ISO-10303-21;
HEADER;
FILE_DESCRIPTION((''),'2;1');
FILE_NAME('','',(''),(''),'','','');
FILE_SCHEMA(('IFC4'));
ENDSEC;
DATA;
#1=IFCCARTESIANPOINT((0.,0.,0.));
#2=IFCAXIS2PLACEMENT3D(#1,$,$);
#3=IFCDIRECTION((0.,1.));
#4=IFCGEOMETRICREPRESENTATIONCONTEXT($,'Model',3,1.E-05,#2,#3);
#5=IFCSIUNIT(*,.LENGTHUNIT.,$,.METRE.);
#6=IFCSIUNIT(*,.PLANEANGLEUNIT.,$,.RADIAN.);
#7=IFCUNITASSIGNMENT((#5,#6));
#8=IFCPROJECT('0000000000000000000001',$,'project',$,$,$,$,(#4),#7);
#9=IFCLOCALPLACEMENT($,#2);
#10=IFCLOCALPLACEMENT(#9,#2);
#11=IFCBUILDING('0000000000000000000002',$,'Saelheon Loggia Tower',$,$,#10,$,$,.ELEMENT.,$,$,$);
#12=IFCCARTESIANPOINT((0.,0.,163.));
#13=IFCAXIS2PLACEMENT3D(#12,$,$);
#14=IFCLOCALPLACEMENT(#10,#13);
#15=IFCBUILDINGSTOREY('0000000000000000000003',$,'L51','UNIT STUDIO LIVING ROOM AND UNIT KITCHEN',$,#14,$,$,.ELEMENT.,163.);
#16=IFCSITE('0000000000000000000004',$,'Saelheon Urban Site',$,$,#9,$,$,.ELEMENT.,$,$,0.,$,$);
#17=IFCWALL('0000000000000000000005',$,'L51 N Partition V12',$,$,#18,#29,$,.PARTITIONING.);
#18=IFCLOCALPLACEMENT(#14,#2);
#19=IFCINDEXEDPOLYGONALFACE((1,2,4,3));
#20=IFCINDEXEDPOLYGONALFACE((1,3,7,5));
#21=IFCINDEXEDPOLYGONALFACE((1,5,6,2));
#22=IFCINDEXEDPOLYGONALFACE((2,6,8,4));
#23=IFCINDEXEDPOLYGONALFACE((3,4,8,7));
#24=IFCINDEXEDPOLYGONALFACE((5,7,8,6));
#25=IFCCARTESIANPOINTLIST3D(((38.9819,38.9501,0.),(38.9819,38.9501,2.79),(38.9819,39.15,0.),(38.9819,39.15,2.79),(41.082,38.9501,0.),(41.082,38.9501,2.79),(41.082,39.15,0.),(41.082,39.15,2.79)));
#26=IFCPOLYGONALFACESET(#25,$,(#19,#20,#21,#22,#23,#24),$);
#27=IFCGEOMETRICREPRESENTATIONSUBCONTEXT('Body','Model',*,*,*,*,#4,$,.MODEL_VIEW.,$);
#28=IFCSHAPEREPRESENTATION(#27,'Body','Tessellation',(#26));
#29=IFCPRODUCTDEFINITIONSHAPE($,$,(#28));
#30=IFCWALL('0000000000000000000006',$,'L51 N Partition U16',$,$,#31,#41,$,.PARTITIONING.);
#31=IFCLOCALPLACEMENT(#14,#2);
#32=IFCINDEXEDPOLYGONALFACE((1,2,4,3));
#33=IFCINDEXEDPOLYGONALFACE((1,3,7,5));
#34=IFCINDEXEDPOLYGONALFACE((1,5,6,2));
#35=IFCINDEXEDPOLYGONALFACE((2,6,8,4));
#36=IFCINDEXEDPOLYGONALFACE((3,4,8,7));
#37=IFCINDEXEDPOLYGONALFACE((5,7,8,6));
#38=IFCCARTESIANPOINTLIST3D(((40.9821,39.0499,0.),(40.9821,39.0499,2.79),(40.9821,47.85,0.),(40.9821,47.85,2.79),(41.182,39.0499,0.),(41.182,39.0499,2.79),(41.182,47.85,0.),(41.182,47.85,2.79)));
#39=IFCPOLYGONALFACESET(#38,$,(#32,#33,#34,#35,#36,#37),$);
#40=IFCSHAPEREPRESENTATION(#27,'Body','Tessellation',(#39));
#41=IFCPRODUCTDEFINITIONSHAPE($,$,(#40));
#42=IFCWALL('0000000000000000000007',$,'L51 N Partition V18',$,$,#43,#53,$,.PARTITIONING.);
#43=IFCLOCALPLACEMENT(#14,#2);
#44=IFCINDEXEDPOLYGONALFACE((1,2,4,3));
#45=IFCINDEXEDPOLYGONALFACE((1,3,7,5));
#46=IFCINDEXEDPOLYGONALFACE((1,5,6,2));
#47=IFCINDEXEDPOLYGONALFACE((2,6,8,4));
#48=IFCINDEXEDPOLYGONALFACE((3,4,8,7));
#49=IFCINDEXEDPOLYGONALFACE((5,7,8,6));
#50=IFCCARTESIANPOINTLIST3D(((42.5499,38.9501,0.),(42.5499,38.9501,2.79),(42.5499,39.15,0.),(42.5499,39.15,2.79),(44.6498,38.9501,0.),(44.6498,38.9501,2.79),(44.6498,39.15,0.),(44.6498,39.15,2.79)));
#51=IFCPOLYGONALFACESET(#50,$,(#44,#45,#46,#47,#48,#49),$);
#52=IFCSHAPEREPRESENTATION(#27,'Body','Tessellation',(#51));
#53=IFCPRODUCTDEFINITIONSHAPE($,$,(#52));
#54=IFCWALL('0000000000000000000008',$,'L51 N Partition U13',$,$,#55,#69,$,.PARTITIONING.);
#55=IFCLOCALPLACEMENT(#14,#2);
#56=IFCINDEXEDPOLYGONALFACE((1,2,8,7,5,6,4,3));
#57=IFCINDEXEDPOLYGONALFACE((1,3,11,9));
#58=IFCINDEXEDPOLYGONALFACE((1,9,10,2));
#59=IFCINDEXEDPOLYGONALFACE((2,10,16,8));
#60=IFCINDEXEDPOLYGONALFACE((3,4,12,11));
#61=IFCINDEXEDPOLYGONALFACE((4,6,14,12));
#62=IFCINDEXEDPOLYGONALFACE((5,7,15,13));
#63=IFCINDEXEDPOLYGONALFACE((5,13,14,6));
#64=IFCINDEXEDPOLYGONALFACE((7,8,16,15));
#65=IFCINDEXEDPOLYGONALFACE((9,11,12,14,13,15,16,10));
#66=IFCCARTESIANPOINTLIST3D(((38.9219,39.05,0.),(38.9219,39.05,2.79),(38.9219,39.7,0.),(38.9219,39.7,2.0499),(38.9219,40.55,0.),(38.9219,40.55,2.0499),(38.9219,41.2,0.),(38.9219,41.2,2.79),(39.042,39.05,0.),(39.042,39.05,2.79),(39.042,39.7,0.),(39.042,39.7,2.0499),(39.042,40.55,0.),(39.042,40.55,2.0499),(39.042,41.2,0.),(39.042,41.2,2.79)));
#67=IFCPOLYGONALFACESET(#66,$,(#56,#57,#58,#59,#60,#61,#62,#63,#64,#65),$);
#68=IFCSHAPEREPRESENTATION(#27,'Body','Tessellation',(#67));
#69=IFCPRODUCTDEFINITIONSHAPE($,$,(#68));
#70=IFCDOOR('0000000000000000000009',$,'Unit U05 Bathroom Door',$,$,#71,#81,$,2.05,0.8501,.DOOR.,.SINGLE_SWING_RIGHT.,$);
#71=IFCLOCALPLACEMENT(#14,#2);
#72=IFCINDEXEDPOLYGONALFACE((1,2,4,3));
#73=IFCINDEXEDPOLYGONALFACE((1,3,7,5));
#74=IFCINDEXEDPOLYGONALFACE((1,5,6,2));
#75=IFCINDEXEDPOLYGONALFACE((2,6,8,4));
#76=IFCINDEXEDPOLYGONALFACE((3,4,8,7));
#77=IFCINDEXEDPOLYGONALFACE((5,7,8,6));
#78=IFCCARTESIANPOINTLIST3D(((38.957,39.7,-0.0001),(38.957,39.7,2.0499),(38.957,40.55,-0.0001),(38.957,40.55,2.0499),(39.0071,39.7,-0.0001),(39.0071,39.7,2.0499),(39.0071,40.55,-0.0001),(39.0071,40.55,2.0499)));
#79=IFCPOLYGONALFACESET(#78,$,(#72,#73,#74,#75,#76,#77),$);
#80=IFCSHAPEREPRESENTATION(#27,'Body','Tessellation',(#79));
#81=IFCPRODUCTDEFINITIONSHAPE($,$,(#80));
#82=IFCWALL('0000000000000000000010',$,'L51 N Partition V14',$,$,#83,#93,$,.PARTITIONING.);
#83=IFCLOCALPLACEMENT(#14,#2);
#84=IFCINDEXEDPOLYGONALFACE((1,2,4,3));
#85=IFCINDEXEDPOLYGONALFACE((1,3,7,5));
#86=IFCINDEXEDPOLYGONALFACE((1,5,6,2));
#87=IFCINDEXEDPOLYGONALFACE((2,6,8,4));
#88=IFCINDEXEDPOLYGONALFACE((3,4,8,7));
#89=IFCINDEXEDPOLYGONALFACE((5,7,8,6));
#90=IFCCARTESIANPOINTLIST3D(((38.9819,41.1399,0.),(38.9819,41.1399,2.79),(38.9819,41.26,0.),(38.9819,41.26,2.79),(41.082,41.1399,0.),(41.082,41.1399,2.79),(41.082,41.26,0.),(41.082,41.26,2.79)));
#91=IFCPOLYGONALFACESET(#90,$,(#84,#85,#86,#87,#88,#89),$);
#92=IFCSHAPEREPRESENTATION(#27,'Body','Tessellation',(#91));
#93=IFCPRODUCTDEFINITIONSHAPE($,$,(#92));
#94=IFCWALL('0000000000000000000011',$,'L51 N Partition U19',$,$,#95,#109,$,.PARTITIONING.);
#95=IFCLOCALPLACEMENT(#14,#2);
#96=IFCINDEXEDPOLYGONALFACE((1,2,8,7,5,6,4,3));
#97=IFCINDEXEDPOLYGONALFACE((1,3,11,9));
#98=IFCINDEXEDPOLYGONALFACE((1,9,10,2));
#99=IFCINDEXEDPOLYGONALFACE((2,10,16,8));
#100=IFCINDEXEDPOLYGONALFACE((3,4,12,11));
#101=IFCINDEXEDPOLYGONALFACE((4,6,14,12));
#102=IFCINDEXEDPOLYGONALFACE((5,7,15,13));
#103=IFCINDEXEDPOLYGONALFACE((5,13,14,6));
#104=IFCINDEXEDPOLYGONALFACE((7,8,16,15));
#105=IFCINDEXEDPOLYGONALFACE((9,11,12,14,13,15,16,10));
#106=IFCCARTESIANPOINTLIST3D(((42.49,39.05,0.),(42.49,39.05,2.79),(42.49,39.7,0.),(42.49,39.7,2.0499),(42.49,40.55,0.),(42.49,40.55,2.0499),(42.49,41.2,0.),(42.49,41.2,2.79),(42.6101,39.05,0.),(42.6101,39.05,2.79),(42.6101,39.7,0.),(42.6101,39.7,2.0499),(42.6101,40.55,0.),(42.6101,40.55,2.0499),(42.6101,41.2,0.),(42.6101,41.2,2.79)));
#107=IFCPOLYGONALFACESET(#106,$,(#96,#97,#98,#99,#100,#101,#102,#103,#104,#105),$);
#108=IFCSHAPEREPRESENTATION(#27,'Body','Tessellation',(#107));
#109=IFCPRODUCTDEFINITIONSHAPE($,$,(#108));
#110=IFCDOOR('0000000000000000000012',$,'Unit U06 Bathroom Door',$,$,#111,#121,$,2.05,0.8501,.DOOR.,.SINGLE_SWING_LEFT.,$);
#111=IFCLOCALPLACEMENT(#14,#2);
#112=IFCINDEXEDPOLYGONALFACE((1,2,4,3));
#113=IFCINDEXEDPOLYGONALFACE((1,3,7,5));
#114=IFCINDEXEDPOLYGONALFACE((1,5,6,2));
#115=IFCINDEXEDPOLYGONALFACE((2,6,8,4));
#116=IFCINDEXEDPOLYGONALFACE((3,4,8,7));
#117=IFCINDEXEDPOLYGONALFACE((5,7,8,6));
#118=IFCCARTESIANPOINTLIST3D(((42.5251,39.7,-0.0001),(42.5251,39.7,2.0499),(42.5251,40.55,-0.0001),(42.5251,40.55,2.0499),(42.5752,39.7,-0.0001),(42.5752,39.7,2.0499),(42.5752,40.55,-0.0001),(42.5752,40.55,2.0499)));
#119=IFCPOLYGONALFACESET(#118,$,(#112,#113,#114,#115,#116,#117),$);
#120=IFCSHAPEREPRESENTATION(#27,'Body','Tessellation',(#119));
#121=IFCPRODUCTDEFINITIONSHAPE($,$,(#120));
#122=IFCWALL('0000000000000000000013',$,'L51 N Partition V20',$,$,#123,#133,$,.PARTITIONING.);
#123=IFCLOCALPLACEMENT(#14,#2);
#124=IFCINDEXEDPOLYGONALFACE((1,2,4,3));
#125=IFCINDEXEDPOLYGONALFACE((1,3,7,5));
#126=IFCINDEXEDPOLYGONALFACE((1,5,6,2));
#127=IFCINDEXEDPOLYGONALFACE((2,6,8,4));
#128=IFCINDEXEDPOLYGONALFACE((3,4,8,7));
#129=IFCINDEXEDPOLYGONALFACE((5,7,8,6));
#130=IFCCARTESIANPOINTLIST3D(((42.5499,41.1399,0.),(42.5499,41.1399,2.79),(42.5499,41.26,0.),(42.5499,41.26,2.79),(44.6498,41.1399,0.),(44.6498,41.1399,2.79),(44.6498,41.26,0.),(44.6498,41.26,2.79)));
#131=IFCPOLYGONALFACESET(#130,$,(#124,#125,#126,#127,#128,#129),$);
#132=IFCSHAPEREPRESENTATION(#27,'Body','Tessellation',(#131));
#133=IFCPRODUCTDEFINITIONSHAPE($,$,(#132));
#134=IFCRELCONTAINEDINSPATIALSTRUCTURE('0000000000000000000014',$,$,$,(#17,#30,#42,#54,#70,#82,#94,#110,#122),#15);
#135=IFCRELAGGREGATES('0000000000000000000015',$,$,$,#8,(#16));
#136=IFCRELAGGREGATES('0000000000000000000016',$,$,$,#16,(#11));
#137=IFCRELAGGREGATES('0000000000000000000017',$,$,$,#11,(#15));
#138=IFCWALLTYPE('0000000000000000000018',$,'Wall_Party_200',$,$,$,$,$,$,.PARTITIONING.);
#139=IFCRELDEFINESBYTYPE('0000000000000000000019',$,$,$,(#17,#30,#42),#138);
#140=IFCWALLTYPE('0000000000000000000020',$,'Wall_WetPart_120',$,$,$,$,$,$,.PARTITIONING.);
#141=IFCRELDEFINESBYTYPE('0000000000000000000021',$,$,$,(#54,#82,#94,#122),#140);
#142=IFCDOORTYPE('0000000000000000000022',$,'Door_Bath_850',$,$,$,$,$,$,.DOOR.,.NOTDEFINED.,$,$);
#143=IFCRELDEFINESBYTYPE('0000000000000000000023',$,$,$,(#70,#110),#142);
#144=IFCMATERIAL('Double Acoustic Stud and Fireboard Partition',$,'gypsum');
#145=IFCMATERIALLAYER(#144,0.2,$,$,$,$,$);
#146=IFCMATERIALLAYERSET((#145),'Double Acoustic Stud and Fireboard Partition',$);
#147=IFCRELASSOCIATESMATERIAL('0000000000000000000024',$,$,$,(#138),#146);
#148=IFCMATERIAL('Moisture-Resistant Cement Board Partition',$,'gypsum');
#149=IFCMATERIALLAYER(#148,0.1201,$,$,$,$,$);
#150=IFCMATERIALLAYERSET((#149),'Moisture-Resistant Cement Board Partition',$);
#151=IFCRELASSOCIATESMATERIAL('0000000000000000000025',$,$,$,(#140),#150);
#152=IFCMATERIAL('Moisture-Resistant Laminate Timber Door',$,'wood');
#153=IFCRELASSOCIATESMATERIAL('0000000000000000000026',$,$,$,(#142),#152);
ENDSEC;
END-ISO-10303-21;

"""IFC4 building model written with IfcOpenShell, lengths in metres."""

from ifc_helpers import new_model, si_unit, direction, frame, frame_2d, origin, place, context, subcontext, project, spatial, rectangle, extrude, source, transform, mapped, material, layer, layer_set, type_object, element, fill, save


model = new_model("IFC4")

# Units and contexts
model_context = context("Model", 3, precision=1e-05, world=origin(), true_north=direction((0.0, 1.0)))
body_context = subcontext(model_context, "Body", "Model", "MODEL_VIEW")
ifc_project = project(units=[si_unit("LENGTHUNIT", "METRE"), si_unit("PLANEANGLEUNIT", "RADIAN")], contexts=[model_context])

# Site, building, storey
site_placement = place(None, origin())
site = spatial("IfcSite", under=ifc_project, at=site_placement, Name="Saelheon Urban Site", CompositionType="ELEMENT", RefElevation=0.0)
building_placement = place(site_placement, origin())
building = spatial("IfcBuilding", under=site, at=building_placement, Name="Saelheon Loggia Tower", CompositionType="ELEMENT")
storey_placement = place(building_placement, frame((0.0, 0.0, 163.0)))
storey = spatial("IfcBuildingStorey", under=building, at=storey_placement, Name="L51", Description="UNIT STUDIO LIVING ROOM AND UNIT KITCHEN", CompositionType="ELEMENT", Elevation=163.0)

# Shared definitions
ifc_material_1 = material(Name="Double Acoustic Stud and Fireboard Partition", Category="gypsum")
ifc_layer_1 = layer(ifc_material_1, 0.2)
ifc_layer_set_1 = layer_set([ifc_layer_1], Name="Double Acoustic Stud and Fireboard Partition")
wall_type_1 = type_object("IfcWallType", Name="Wall_Party_200", PredefinedType="PARTITIONING", material=ifc_layer_set_1)

# Walls
wall_1_placement = place(storey_placement, frame((38.9819, 39.05, 0.0), z_axis=(0.0, 0.0, 1.0), x_axis=(1.0, 0.0, 0.0)))
element("IfcWall", 1, at=wall_1_placement, inside=storey, type_object=wall_type_1, Name="L51 N Partition V12", PredefinedType="PARTITIONING", context=body_context, shape_type="SweptSolid", body=[
    extrude(rectangle(XDim=2.1001, YDim=0.2, at=frame_2d((1.05, 0.0))), origin(), (0.0, 0.0, 1.0), 2.79),
])
wall_2_placement = place(storey_placement, frame((41.082, 39.05, 0.0), z_axis=(0.0, 0.0, 1.0), x_axis=(0.0, 1.0, 0.0)))
element("IfcWall", 2, at=wall_2_placement, inside=storey, type_object=wall_type_1, Name="L51 N Partition U16", PredefinedType="PARTITIONING", context=body_context, shape_type="SweptSolid", body=[
    extrude(rectangle(XDim=8.8, YDim=0.2, at=frame_2d((4.3999, 0.0))), origin(), (0.0, 0.0, 1.0), 2.79),
])

# Wall
wall_3_placement = place(storey_placement, frame((42.55, 39.05, 0.0), z_axis=(0.0, 0.0, 1.0), x_axis=(1.0, 0.0, 0.0)))
element("IfcWall", 3, at=wall_3_placement, inside=storey, type_object=wall_type_1, Name="L51 N Partition V18", PredefinedType="PARTITIONING", context=body_context, shape_type="SweptSolid", body=[
    extrude(rectangle(XDim=2.0999, YDim=0.2, at=frame_2d((1.0498, 0.0))), origin(), (0.0, 0.0, 1.0), 2.79),
])

# Wall, opening, door
ifc_material_2 = material(Name="Moisture-Resistant Cement Board Partition", Category="gypsum")
ifc_layer_2 = layer(ifc_material_2, 0.1201)
ifc_layer_set_2 = layer_set([ifc_layer_2], Name="Moisture-Resistant Cement Board Partition")
wall_type_2 = type_object("IfcWallType", Name="Wall_WetPart_120", PredefinedType="PARTITIONING", material=ifc_layer_set_2)
wall_4_placement = place(storey_placement, frame((38.9819, 39.05, 0.0), z_axis=(0.0, 0.0, 1.0), x_axis=(0.0, 1.0, 0.0)))
wall_4 = element("IfcWall", 4, at=wall_4_placement, inside=storey, type_object=wall_type_2, Name="L51 N Partition U13", PredefinedType="PARTITIONING", context=body_context, shape_type="SweptSolid", body=[
    extrude(rectangle(XDim=2.1499, YDim=0.1201, at=frame_2d((1.075, 0.0))), origin(), (0.0, 0.0, 1.0), 2.79),
])
opening_1_placement = place(wall_4_placement, frame((0.6499, 0.0, 0.0)))
opening_1 = element("IfcOpeningElement", 5, at=opening_1_placement, cuts=wall_4, PredefinedType="OPENING", context=body_context, shape_type="SweptSolid", body=[
    extrude(rectangle(XDim=0.8501, YDim=2.05, at=frame_2d((0.425, 1.0249))), frame((0.0, 0.072, 0.0), z_axis=(0.0, -1.0, 0.0), x_axis=(1.0, 0.0, 0.0)), (0.0, 0.0, 1.0), 0.144),
])
ifc_material_3 = material(Name="Moisture-Resistant Laminate Timber Door", Category="wood")
door_type_1 = type_object("IfcDoorType", Name="Door_Bath_850", OperationType="NOTDEFINED", PredefinedType="DOOR", material=ifc_material_3)
shared_shape_1 = source(origin(), body_context, "Body", "SweptSolid", [
    extrude(rectangle(XDim=0.8501, YDim=2.05, at=frame_2d((0.425, 1.0249))), frame((0.0, 0.0249, 0.0), z_axis=(0.0, -1.0, 0.0), x_axis=(1.0, 0.0, 0.0)), (0.0, 0.0, 1.0), 0.05),
])
door_1_placement = place(opening_1_placement, origin())
door_1 = element("IfcDoor", 6, at=door_1_placement, inside=storey, type_object=door_type_1, Name="Unit U05 Bathroom Door", OperationType="SINGLE_SWING_RIGHT", OverallHeight=2.05, OverallWidth=0.8501, PredefinedType="DOOR", context=body_context, shape_type="MappedRepresentation", body=[
    mapped(shared_shape_1, transform((0.0, 0.0, 0.0), scale=1.0)),
])
fill(opening_1, door_1)

# Wall
wall_5_placement = place(storey_placement, frame((38.9819, 41.2, 0.0), z_axis=(0.0, 0.0, 1.0), x_axis=(1.0, 0.0, 0.0)))
element("IfcWall", 7, at=wall_5_placement, inside=storey, type_object=wall_type_2, Name="L51 N Partition V14", PredefinedType="PARTITIONING", context=body_context, shape_type="SweptSolid", body=[
    extrude(rectangle(XDim=2.1001, YDim=0.1201, at=frame_2d((1.05, 0.0))), origin(), (0.0, 0.0, 1.0), 2.79),
])

# Wall, opening, door
wall_6_placement = place(storey_placement, frame((42.55, 39.05, 0.0), z_axis=(0.0, 0.0, 1.0), x_axis=(0.0, 1.0, 0.0)))
wall_6 = element("IfcWall", 8, at=wall_6_placement, inside=storey, type_object=wall_type_2, Name="L51 N Partition U19", PredefinedType="PARTITIONING", context=body_context, shape_type="SweptSolid", body=[
    extrude(rectangle(XDim=2.1499, YDim=0.1201, at=frame_2d((1.075, 0.0))), origin(), (0.0, 0.0, 1.0), 2.79),
])
opening_2_placement = place(wall_6_placement, frame((0.6499, 0.0, 0.0)))
opening_2 = element("IfcOpeningElement", 9, at=opening_2_placement, cuts=wall_6, PredefinedType="OPENING", context=body_context, shape_type="SweptSolid", body=[
    extrude(rectangle(XDim=0.8501, YDim=2.05, at=frame_2d((0.425, 1.0249))), frame((0.0, 0.072, 0.0), z_axis=(0.0, -1.0, 0.0), x_axis=(1.0, 0.0, 0.0)), (0.0, 0.0, 1.0), 0.144),
])
door_2_placement = place(opening_2_placement, origin())
door_2 = element("IfcDoor", 10, at=door_2_placement, inside=storey, type_object=door_type_1, Name="Unit U06 Bathroom Door", OperationType="SINGLE_SWING_LEFT", OverallHeight=2.05, OverallWidth=0.8501, PredefinedType="DOOR", context=body_context, shape_type="MappedRepresentation", body=[
    mapped(shared_shape_1, transform((0.0, 0.0, 0.0), scale=1.0)),
])
fill(opening_2, door_2)

# Wall
wall_7_placement = place(storey_placement, frame((42.55, 41.2, 0.0), z_axis=(0.0, 0.0, 1.0), x_axis=(1.0, 0.0, 0.0)))
element("IfcWall", 11, at=wall_7_placement, inside=storey, type_object=wall_type_2, Name="L51 N Partition V20", PredefinedType="PARTITIONING", context=body_context, shape_type="SweptSolid", body=[
    extrude(rectangle(XDim=2.0999, YDim=0.1201, at=frame_2d((1.0498, 0.0))), origin(), (0.0, 0.0, 1.0), 2.79),
])

save(model, "model.ifc")
